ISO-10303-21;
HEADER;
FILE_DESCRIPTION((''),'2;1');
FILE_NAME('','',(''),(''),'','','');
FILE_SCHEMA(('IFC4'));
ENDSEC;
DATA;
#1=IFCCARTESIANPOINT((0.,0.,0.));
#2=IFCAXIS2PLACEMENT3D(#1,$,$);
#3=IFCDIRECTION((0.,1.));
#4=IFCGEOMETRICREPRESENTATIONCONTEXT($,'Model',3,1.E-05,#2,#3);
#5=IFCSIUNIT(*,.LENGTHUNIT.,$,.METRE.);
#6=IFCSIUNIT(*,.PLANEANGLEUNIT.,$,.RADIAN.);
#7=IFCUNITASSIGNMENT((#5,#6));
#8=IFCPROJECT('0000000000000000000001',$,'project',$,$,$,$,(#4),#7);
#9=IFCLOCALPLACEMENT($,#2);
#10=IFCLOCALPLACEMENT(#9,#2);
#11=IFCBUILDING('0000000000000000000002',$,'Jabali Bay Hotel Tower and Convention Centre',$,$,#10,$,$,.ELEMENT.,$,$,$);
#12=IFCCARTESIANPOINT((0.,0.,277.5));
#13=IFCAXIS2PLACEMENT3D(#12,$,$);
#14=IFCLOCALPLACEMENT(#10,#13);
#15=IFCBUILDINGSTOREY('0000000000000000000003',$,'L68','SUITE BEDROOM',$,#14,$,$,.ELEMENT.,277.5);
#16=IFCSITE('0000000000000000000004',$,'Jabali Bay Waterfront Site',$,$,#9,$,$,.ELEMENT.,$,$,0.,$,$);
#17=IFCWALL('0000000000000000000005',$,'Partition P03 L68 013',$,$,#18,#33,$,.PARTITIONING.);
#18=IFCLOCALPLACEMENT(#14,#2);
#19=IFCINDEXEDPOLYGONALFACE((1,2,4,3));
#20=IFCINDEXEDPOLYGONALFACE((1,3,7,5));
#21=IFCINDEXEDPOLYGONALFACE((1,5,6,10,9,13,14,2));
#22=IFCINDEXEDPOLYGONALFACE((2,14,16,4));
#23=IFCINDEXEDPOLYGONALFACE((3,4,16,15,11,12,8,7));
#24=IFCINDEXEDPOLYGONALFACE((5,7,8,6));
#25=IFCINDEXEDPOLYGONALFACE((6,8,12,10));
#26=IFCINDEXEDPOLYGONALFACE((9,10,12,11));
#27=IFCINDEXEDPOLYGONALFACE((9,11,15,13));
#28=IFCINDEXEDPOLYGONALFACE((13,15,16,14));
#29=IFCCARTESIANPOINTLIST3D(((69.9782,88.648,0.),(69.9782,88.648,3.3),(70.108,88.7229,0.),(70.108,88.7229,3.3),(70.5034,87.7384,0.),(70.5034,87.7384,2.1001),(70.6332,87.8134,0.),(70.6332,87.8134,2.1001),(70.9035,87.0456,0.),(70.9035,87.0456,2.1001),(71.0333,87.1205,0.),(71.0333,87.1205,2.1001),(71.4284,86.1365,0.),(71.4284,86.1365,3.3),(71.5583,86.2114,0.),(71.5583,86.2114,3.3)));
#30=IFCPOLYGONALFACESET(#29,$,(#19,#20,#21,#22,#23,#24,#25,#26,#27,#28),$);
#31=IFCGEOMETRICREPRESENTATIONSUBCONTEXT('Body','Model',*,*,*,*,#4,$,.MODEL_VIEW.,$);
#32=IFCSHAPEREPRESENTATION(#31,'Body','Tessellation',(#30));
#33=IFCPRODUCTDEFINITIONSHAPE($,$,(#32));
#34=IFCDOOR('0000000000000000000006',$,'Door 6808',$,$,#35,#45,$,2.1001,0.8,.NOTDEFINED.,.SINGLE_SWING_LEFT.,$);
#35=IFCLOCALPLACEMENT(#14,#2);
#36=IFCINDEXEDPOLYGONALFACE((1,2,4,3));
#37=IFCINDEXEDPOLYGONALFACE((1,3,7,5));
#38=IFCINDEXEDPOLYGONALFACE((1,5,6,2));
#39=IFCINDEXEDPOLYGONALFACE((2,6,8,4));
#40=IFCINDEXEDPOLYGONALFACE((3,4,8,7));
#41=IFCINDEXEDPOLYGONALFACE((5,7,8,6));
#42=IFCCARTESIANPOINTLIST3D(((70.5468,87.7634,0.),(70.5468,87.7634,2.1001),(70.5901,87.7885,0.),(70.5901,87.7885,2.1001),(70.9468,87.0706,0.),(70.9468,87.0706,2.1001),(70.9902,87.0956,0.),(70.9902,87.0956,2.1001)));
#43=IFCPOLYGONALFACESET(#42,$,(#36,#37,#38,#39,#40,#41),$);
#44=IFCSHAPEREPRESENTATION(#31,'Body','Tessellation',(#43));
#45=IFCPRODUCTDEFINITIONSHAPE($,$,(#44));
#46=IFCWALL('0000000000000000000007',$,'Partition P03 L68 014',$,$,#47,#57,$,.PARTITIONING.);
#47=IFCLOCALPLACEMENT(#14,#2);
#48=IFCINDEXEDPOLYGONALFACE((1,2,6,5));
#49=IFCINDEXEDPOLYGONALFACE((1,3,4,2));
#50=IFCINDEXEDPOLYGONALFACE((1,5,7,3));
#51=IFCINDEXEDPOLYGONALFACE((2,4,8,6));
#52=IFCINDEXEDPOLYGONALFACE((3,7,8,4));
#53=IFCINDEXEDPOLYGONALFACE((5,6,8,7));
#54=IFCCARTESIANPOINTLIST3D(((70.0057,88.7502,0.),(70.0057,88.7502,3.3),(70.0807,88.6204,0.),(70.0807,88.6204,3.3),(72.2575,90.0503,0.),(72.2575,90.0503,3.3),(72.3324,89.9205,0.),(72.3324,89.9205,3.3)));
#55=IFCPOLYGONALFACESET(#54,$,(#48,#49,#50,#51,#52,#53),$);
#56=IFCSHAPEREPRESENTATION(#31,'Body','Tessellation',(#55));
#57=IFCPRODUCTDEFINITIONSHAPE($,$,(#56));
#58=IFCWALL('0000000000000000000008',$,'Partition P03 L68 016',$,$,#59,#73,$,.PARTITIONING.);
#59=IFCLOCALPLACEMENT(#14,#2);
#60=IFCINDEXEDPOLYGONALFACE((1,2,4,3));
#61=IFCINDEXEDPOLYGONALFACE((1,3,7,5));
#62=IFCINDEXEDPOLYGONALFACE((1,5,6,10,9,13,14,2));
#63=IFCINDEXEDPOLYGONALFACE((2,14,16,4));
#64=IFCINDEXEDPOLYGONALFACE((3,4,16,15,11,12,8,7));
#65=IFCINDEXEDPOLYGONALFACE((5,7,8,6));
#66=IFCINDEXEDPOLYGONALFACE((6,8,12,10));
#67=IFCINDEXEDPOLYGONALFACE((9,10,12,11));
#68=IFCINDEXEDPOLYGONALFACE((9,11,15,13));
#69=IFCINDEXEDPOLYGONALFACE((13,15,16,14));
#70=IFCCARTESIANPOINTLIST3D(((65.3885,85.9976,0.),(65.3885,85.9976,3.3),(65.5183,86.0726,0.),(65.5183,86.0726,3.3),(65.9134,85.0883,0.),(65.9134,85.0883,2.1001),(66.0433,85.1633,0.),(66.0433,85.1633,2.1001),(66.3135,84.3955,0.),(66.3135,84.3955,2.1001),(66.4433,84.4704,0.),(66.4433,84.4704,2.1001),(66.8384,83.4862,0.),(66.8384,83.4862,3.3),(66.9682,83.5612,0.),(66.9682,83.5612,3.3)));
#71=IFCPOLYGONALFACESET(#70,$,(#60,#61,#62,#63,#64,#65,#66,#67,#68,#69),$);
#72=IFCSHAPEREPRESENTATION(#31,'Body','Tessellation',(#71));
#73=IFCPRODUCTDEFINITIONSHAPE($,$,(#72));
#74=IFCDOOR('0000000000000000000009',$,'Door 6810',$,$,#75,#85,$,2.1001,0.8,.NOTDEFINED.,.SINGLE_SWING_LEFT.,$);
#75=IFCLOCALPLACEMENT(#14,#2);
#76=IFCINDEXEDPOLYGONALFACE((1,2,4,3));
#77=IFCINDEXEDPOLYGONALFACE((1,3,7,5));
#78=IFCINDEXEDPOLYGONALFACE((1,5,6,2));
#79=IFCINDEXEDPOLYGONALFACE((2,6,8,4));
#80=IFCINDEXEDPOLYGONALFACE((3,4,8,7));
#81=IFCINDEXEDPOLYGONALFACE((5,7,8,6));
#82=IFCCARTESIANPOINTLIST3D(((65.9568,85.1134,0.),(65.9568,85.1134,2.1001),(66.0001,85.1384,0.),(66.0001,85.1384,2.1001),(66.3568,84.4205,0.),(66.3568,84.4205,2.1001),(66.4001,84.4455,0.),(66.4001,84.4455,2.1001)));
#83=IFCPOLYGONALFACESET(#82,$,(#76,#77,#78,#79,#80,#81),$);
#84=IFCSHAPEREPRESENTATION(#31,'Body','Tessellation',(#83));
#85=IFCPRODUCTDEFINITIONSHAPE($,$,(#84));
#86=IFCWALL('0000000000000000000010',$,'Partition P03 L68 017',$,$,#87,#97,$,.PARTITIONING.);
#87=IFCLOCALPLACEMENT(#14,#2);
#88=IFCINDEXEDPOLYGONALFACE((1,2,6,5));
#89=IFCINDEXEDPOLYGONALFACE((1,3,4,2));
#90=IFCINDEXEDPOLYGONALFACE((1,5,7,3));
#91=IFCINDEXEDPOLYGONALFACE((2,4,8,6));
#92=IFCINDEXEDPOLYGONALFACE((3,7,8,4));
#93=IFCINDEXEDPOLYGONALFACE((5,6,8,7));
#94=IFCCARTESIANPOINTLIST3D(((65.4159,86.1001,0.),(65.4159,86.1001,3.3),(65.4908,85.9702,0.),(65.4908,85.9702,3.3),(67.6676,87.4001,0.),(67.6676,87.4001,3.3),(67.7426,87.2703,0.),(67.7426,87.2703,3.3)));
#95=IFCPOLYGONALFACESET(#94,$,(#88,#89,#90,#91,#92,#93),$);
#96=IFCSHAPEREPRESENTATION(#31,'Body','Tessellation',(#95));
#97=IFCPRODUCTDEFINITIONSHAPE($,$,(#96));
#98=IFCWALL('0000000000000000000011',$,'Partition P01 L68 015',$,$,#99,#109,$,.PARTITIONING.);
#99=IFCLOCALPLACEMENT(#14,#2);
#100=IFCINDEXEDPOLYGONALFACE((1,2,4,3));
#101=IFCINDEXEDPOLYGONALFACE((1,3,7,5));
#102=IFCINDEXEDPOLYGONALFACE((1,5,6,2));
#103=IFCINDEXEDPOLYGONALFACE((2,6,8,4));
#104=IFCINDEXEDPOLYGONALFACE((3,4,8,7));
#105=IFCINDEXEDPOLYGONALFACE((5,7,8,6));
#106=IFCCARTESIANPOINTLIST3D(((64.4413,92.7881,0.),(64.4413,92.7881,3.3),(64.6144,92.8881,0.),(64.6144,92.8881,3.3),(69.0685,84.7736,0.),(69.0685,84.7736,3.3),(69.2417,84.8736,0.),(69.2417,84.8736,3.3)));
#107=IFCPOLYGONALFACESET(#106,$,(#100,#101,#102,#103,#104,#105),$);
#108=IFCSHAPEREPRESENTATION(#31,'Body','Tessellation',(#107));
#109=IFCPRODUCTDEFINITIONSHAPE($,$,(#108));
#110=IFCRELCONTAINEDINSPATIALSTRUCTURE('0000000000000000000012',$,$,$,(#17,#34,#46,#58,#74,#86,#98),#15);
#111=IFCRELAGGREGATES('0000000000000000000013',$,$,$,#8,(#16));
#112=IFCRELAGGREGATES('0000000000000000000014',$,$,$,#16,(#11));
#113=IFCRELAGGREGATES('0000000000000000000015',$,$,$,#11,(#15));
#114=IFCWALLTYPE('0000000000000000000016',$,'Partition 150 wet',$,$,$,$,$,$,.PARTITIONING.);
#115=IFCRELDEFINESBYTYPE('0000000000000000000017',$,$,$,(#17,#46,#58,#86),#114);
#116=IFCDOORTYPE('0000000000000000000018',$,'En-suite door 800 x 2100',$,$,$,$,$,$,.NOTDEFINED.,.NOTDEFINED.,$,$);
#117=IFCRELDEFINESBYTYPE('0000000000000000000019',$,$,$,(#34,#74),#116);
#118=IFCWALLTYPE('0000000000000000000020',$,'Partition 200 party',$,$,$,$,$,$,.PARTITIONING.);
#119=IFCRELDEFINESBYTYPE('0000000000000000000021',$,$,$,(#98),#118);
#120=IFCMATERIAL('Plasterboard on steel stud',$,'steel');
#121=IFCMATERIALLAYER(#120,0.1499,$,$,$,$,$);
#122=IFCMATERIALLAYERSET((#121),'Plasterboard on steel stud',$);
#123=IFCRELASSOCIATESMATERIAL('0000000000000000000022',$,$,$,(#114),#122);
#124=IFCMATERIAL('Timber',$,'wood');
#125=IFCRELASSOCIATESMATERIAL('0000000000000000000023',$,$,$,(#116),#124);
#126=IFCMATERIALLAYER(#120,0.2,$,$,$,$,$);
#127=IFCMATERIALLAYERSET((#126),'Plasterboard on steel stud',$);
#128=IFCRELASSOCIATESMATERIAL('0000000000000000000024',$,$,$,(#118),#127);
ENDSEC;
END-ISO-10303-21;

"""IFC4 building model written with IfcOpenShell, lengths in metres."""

from ifc_helpers import new_model, si_unit, direction, frame, frame_2d, origin, place, context, subcontext, project, spatial, rectangle, extrude, material, layer, layer_set, type_object, element, fill, save


model = new_model("IFC4")

# Units and contexts
model_context = context("Model", 3, precision=1e-05, world=origin(), true_north=direction((0.0, 1.0)))
body_context = subcontext(model_context, "Body", "Model", "MODEL_VIEW")
ifc_project = project(units=[si_unit("LENGTHUNIT", "METRE"), si_unit("PLANEANGLEUNIT", "RADIAN")], contexts=[model_context])

# Site, building, storey
site_placement = place(None, origin())
site = spatial("IfcSite", under=ifc_project, at=site_placement, Name="Jabali Bay Waterfront Site", CompositionType="ELEMENT", RefElevation=0.0)
building_placement = place(site_placement, origin())
building = spatial("IfcBuilding", under=site, at=building_placement, Name="Jabali Bay Hotel Tower and Convention Centre", CompositionType="ELEMENT")
storey_placement = place(building_placement, frame((0.0, 0.0, 277.5)))
storey = spatial("IfcBuildingStorey", under=building, at=storey_placement, Name="L68", Description="SUITE BEDROOM", CompositionType="ELEMENT", Elevation=277.5)

# Shared definitions
ifc_material_1 = material(Name="Timber", Category="wood")

# Shared definitions
ifc_material_2 = material(Name="Plasterboard on steel stud", Category="steel")
ifc_layer_1 = layer(ifc_material_2, 0.1499)
ifc_layer_set_1 = layer_set([ifc_layer_1], Name="Plasterboard on steel stud")
wall_type_1 = type_object("IfcWallType", Name="Partition 150 wet", PredefinedType="PARTITIONING", material=ifc_layer_set_1)
door_type_1 = type_object("IfcDoorType", Name="En-suite door 800 x 2100", OperationType="NOTDEFINED", PredefinedType="NOTDEFINED", material=ifc_material_1)

# Wall, opening, door
wall_1_placement = place(storey_placement, frame((71.4934, 86.1738, 0.0), z_axis=(0.0, 0.0, 1.0), x_axis=(-0.50005, 0.865996, 0.0)))
wall_1 = element("IfcWall", 1, at=wall_1_placement, inside=storey, type_object=wall_type_1, Name="Partition P03 L68 013", PredefinedType="PARTITIONING", context=body_context, shape_type="SweptSolid", body=[
    extrude(rectangle(XDim=2.9001, YDim=0.1499, at=frame_2d((1.4502, 0.0))), origin(), (0.0, 0.0, 1.0), 3.3),
])
opening_1_placement = place(wall_1_placement, frame((1.05, 0.0, 0.0)))
opening_1 = element("IfcOpeningElement", 2, at=opening_1_placement, cuts=wall_1, PredefinedType="OPENING", context=body_context, shape_type="SweptSolid", body=[
    extrude(rectangle(XDim=0.8, YDim=2.1001, at=frame_2d((0.3999, 1.05))), frame((0.0, 0.0854, 0.0), z_axis=(0.0, -1.0, 0.0), x_axis=(1.0, 0.0, 0.0)), (0.0, 0.0, 1.0), 0.1709),
])
door_1_placement = place(opening_1_placement, origin())
door_1 = element("IfcDoor", 3, at=door_1_placement, inside=storey, type_object=door_type_1, Name="Door 6808", OperationType="SINGLE_SWING_LEFT", OverallHeight=2.1001, OverallWidth=0.8, PredefinedType="NOTDEFINED", context=body_context, shape_type="SweptSolid", body=[
    extrude(rectangle(XDim=0.8, YDim=2.1001, at=frame_2d((0.3999, 1.05))), frame((0.0, 0.0249, 0.0), z_axis=(0.0, -1.0, 0.0), x_axis=(1.0, 0.0, 0.0)), (0.0, 0.0, 1.0), 0.05),
])
fill(opening_1, door_1)

# Wall
wall_2_placement = place(storey_placement, frame((70.0432, 88.6853, 0.0), z_axis=(0.0, 0.0, 1.0), x_axis=(0.866021, 0.500007, 0.0)))
element("IfcWall", 4, at=wall_2_placement, inside=storey, type_object=wall_type_1, Name="Partition P03 L68 014", PredefinedType="PARTITIONING", context=body_context, shape_type="SweptSolid", body=[
    extrude(rectangle(XDim=2.6001, YDim=0.1499, at=frame_2d((1.3, 0.0))), origin(), (0.0, 0.0, 1.0), 3.3),
])

# Wall, opening, door
wall_3_placement = place(storey_placement, frame((66.9033, 83.5237, 0.0), z_axis=(0.0, 0.0, 1.0), x_axis=(-0.499987, 0.866033, 0.0)))
wall_3 = element("IfcWall", 5, at=wall_3_placement, inside=storey, type_object=wall_type_1, Name="Partition P03 L68 016", PredefinedType="PARTITIONING", context=body_context, shape_type="SweptSolid", body=[
    extrude(rectangle(XDim=2.8999, YDim=0.1499, at=frame_2d((1.45, 0.0))), origin(), (0.0, 0.0, 1.0), 3.3),
])
opening_2_placement = place(wall_3_placement, frame((1.05, 0.0, 0.0)))
opening_2 = element("IfcOpeningElement", 6, at=opening_2_placement, cuts=wall_3, PredefinedType="OPENING", context=body_context, shape_type="SweptSolid", body=[
    extrude(rectangle(XDim=0.8, YDim=2.1001, at=frame_2d((0.3999, 1.05))), frame((0.0, 0.0854, 0.0), z_axis=(0.0, -1.0, 0.0), x_axis=(1.0, 0.0, 0.0)), (0.0, 0.0, 1.0), 0.1709),
])
door_2_placement = place(opening_2_placement, origin())
door_2 = element("IfcDoor", 7, at=door_2_placement, inside=storey, type_object=door_type_1, Name="Door 6810", OperationType="SINGLE_SWING_LEFT", OverallHeight=2.1001, OverallWidth=0.8, PredefinedType="NOTDEFINED", context=body_context, shape_type="SweptSolid", body=[
    extrude(rectangle(XDim=0.8, YDim=2.1001, at=frame_2d((0.3999, 1.05))), frame((0.0, 0.0249, 0.0), z_axis=(0.0, -1.0, 0.0), x_axis=(1.0, 0.0, 0.0)), (0.0, 0.0, 1.0), 0.05),
])
fill(opening_2, door_2)

# Walls
wall_4_placement = place(storey_placement, frame((65.4534, 86.0352, 0.0), z_axis=(0.0, 0.0, 1.0), x_axis=(0.866021, 0.500007, 0.0)))
element("IfcWall", 8, at=wall_4_placement, inside=storey, type_object=wall_type_1, Name="Partition P03 L68 017", PredefinedType="PARTITIONING", context=body_context, shape_type="SweptSolid", body=[
    extrude(rectangle(XDim=2.6001, YDim=0.1499, at=frame_2d((1.3, 0.0))), origin(), (0.0, 0.0, 1.0), 3.3),
])
ifc_layer_2 = layer(ifc_material_2, 0.2)
ifc_layer_set_2 = layer_set([ifc_layer_2], Name="Plasterboard on steel stud")
wall_type_2 = type_object("IfcWallType", Name="Partition 200 party", PredefinedType="PARTITIONING", material=ifc_layer_set_2)
wall_5_placement = place(storey_placement, frame((64.5278, 92.8381, 0.0), z_axis=(0.0, 0.0, 1.0), x_axis=(0.500006, -0.866022, 0.0)))
element("IfcWall", 9, at=wall_5_placement, inside=storey, type_object=wall_type_2, Name="Partition P01 L68 015", PredefinedType="PARTITIONING", context=body_context, shape_type="SweptSolid", body=[
    extrude(rectangle(XDim=9.2544, YDim=0.2, at=frame_2d((4.6272, 0.0))), origin(), (0.0, 0.0, 1.0), 3.3),
])

save(model, "model.ifc")
